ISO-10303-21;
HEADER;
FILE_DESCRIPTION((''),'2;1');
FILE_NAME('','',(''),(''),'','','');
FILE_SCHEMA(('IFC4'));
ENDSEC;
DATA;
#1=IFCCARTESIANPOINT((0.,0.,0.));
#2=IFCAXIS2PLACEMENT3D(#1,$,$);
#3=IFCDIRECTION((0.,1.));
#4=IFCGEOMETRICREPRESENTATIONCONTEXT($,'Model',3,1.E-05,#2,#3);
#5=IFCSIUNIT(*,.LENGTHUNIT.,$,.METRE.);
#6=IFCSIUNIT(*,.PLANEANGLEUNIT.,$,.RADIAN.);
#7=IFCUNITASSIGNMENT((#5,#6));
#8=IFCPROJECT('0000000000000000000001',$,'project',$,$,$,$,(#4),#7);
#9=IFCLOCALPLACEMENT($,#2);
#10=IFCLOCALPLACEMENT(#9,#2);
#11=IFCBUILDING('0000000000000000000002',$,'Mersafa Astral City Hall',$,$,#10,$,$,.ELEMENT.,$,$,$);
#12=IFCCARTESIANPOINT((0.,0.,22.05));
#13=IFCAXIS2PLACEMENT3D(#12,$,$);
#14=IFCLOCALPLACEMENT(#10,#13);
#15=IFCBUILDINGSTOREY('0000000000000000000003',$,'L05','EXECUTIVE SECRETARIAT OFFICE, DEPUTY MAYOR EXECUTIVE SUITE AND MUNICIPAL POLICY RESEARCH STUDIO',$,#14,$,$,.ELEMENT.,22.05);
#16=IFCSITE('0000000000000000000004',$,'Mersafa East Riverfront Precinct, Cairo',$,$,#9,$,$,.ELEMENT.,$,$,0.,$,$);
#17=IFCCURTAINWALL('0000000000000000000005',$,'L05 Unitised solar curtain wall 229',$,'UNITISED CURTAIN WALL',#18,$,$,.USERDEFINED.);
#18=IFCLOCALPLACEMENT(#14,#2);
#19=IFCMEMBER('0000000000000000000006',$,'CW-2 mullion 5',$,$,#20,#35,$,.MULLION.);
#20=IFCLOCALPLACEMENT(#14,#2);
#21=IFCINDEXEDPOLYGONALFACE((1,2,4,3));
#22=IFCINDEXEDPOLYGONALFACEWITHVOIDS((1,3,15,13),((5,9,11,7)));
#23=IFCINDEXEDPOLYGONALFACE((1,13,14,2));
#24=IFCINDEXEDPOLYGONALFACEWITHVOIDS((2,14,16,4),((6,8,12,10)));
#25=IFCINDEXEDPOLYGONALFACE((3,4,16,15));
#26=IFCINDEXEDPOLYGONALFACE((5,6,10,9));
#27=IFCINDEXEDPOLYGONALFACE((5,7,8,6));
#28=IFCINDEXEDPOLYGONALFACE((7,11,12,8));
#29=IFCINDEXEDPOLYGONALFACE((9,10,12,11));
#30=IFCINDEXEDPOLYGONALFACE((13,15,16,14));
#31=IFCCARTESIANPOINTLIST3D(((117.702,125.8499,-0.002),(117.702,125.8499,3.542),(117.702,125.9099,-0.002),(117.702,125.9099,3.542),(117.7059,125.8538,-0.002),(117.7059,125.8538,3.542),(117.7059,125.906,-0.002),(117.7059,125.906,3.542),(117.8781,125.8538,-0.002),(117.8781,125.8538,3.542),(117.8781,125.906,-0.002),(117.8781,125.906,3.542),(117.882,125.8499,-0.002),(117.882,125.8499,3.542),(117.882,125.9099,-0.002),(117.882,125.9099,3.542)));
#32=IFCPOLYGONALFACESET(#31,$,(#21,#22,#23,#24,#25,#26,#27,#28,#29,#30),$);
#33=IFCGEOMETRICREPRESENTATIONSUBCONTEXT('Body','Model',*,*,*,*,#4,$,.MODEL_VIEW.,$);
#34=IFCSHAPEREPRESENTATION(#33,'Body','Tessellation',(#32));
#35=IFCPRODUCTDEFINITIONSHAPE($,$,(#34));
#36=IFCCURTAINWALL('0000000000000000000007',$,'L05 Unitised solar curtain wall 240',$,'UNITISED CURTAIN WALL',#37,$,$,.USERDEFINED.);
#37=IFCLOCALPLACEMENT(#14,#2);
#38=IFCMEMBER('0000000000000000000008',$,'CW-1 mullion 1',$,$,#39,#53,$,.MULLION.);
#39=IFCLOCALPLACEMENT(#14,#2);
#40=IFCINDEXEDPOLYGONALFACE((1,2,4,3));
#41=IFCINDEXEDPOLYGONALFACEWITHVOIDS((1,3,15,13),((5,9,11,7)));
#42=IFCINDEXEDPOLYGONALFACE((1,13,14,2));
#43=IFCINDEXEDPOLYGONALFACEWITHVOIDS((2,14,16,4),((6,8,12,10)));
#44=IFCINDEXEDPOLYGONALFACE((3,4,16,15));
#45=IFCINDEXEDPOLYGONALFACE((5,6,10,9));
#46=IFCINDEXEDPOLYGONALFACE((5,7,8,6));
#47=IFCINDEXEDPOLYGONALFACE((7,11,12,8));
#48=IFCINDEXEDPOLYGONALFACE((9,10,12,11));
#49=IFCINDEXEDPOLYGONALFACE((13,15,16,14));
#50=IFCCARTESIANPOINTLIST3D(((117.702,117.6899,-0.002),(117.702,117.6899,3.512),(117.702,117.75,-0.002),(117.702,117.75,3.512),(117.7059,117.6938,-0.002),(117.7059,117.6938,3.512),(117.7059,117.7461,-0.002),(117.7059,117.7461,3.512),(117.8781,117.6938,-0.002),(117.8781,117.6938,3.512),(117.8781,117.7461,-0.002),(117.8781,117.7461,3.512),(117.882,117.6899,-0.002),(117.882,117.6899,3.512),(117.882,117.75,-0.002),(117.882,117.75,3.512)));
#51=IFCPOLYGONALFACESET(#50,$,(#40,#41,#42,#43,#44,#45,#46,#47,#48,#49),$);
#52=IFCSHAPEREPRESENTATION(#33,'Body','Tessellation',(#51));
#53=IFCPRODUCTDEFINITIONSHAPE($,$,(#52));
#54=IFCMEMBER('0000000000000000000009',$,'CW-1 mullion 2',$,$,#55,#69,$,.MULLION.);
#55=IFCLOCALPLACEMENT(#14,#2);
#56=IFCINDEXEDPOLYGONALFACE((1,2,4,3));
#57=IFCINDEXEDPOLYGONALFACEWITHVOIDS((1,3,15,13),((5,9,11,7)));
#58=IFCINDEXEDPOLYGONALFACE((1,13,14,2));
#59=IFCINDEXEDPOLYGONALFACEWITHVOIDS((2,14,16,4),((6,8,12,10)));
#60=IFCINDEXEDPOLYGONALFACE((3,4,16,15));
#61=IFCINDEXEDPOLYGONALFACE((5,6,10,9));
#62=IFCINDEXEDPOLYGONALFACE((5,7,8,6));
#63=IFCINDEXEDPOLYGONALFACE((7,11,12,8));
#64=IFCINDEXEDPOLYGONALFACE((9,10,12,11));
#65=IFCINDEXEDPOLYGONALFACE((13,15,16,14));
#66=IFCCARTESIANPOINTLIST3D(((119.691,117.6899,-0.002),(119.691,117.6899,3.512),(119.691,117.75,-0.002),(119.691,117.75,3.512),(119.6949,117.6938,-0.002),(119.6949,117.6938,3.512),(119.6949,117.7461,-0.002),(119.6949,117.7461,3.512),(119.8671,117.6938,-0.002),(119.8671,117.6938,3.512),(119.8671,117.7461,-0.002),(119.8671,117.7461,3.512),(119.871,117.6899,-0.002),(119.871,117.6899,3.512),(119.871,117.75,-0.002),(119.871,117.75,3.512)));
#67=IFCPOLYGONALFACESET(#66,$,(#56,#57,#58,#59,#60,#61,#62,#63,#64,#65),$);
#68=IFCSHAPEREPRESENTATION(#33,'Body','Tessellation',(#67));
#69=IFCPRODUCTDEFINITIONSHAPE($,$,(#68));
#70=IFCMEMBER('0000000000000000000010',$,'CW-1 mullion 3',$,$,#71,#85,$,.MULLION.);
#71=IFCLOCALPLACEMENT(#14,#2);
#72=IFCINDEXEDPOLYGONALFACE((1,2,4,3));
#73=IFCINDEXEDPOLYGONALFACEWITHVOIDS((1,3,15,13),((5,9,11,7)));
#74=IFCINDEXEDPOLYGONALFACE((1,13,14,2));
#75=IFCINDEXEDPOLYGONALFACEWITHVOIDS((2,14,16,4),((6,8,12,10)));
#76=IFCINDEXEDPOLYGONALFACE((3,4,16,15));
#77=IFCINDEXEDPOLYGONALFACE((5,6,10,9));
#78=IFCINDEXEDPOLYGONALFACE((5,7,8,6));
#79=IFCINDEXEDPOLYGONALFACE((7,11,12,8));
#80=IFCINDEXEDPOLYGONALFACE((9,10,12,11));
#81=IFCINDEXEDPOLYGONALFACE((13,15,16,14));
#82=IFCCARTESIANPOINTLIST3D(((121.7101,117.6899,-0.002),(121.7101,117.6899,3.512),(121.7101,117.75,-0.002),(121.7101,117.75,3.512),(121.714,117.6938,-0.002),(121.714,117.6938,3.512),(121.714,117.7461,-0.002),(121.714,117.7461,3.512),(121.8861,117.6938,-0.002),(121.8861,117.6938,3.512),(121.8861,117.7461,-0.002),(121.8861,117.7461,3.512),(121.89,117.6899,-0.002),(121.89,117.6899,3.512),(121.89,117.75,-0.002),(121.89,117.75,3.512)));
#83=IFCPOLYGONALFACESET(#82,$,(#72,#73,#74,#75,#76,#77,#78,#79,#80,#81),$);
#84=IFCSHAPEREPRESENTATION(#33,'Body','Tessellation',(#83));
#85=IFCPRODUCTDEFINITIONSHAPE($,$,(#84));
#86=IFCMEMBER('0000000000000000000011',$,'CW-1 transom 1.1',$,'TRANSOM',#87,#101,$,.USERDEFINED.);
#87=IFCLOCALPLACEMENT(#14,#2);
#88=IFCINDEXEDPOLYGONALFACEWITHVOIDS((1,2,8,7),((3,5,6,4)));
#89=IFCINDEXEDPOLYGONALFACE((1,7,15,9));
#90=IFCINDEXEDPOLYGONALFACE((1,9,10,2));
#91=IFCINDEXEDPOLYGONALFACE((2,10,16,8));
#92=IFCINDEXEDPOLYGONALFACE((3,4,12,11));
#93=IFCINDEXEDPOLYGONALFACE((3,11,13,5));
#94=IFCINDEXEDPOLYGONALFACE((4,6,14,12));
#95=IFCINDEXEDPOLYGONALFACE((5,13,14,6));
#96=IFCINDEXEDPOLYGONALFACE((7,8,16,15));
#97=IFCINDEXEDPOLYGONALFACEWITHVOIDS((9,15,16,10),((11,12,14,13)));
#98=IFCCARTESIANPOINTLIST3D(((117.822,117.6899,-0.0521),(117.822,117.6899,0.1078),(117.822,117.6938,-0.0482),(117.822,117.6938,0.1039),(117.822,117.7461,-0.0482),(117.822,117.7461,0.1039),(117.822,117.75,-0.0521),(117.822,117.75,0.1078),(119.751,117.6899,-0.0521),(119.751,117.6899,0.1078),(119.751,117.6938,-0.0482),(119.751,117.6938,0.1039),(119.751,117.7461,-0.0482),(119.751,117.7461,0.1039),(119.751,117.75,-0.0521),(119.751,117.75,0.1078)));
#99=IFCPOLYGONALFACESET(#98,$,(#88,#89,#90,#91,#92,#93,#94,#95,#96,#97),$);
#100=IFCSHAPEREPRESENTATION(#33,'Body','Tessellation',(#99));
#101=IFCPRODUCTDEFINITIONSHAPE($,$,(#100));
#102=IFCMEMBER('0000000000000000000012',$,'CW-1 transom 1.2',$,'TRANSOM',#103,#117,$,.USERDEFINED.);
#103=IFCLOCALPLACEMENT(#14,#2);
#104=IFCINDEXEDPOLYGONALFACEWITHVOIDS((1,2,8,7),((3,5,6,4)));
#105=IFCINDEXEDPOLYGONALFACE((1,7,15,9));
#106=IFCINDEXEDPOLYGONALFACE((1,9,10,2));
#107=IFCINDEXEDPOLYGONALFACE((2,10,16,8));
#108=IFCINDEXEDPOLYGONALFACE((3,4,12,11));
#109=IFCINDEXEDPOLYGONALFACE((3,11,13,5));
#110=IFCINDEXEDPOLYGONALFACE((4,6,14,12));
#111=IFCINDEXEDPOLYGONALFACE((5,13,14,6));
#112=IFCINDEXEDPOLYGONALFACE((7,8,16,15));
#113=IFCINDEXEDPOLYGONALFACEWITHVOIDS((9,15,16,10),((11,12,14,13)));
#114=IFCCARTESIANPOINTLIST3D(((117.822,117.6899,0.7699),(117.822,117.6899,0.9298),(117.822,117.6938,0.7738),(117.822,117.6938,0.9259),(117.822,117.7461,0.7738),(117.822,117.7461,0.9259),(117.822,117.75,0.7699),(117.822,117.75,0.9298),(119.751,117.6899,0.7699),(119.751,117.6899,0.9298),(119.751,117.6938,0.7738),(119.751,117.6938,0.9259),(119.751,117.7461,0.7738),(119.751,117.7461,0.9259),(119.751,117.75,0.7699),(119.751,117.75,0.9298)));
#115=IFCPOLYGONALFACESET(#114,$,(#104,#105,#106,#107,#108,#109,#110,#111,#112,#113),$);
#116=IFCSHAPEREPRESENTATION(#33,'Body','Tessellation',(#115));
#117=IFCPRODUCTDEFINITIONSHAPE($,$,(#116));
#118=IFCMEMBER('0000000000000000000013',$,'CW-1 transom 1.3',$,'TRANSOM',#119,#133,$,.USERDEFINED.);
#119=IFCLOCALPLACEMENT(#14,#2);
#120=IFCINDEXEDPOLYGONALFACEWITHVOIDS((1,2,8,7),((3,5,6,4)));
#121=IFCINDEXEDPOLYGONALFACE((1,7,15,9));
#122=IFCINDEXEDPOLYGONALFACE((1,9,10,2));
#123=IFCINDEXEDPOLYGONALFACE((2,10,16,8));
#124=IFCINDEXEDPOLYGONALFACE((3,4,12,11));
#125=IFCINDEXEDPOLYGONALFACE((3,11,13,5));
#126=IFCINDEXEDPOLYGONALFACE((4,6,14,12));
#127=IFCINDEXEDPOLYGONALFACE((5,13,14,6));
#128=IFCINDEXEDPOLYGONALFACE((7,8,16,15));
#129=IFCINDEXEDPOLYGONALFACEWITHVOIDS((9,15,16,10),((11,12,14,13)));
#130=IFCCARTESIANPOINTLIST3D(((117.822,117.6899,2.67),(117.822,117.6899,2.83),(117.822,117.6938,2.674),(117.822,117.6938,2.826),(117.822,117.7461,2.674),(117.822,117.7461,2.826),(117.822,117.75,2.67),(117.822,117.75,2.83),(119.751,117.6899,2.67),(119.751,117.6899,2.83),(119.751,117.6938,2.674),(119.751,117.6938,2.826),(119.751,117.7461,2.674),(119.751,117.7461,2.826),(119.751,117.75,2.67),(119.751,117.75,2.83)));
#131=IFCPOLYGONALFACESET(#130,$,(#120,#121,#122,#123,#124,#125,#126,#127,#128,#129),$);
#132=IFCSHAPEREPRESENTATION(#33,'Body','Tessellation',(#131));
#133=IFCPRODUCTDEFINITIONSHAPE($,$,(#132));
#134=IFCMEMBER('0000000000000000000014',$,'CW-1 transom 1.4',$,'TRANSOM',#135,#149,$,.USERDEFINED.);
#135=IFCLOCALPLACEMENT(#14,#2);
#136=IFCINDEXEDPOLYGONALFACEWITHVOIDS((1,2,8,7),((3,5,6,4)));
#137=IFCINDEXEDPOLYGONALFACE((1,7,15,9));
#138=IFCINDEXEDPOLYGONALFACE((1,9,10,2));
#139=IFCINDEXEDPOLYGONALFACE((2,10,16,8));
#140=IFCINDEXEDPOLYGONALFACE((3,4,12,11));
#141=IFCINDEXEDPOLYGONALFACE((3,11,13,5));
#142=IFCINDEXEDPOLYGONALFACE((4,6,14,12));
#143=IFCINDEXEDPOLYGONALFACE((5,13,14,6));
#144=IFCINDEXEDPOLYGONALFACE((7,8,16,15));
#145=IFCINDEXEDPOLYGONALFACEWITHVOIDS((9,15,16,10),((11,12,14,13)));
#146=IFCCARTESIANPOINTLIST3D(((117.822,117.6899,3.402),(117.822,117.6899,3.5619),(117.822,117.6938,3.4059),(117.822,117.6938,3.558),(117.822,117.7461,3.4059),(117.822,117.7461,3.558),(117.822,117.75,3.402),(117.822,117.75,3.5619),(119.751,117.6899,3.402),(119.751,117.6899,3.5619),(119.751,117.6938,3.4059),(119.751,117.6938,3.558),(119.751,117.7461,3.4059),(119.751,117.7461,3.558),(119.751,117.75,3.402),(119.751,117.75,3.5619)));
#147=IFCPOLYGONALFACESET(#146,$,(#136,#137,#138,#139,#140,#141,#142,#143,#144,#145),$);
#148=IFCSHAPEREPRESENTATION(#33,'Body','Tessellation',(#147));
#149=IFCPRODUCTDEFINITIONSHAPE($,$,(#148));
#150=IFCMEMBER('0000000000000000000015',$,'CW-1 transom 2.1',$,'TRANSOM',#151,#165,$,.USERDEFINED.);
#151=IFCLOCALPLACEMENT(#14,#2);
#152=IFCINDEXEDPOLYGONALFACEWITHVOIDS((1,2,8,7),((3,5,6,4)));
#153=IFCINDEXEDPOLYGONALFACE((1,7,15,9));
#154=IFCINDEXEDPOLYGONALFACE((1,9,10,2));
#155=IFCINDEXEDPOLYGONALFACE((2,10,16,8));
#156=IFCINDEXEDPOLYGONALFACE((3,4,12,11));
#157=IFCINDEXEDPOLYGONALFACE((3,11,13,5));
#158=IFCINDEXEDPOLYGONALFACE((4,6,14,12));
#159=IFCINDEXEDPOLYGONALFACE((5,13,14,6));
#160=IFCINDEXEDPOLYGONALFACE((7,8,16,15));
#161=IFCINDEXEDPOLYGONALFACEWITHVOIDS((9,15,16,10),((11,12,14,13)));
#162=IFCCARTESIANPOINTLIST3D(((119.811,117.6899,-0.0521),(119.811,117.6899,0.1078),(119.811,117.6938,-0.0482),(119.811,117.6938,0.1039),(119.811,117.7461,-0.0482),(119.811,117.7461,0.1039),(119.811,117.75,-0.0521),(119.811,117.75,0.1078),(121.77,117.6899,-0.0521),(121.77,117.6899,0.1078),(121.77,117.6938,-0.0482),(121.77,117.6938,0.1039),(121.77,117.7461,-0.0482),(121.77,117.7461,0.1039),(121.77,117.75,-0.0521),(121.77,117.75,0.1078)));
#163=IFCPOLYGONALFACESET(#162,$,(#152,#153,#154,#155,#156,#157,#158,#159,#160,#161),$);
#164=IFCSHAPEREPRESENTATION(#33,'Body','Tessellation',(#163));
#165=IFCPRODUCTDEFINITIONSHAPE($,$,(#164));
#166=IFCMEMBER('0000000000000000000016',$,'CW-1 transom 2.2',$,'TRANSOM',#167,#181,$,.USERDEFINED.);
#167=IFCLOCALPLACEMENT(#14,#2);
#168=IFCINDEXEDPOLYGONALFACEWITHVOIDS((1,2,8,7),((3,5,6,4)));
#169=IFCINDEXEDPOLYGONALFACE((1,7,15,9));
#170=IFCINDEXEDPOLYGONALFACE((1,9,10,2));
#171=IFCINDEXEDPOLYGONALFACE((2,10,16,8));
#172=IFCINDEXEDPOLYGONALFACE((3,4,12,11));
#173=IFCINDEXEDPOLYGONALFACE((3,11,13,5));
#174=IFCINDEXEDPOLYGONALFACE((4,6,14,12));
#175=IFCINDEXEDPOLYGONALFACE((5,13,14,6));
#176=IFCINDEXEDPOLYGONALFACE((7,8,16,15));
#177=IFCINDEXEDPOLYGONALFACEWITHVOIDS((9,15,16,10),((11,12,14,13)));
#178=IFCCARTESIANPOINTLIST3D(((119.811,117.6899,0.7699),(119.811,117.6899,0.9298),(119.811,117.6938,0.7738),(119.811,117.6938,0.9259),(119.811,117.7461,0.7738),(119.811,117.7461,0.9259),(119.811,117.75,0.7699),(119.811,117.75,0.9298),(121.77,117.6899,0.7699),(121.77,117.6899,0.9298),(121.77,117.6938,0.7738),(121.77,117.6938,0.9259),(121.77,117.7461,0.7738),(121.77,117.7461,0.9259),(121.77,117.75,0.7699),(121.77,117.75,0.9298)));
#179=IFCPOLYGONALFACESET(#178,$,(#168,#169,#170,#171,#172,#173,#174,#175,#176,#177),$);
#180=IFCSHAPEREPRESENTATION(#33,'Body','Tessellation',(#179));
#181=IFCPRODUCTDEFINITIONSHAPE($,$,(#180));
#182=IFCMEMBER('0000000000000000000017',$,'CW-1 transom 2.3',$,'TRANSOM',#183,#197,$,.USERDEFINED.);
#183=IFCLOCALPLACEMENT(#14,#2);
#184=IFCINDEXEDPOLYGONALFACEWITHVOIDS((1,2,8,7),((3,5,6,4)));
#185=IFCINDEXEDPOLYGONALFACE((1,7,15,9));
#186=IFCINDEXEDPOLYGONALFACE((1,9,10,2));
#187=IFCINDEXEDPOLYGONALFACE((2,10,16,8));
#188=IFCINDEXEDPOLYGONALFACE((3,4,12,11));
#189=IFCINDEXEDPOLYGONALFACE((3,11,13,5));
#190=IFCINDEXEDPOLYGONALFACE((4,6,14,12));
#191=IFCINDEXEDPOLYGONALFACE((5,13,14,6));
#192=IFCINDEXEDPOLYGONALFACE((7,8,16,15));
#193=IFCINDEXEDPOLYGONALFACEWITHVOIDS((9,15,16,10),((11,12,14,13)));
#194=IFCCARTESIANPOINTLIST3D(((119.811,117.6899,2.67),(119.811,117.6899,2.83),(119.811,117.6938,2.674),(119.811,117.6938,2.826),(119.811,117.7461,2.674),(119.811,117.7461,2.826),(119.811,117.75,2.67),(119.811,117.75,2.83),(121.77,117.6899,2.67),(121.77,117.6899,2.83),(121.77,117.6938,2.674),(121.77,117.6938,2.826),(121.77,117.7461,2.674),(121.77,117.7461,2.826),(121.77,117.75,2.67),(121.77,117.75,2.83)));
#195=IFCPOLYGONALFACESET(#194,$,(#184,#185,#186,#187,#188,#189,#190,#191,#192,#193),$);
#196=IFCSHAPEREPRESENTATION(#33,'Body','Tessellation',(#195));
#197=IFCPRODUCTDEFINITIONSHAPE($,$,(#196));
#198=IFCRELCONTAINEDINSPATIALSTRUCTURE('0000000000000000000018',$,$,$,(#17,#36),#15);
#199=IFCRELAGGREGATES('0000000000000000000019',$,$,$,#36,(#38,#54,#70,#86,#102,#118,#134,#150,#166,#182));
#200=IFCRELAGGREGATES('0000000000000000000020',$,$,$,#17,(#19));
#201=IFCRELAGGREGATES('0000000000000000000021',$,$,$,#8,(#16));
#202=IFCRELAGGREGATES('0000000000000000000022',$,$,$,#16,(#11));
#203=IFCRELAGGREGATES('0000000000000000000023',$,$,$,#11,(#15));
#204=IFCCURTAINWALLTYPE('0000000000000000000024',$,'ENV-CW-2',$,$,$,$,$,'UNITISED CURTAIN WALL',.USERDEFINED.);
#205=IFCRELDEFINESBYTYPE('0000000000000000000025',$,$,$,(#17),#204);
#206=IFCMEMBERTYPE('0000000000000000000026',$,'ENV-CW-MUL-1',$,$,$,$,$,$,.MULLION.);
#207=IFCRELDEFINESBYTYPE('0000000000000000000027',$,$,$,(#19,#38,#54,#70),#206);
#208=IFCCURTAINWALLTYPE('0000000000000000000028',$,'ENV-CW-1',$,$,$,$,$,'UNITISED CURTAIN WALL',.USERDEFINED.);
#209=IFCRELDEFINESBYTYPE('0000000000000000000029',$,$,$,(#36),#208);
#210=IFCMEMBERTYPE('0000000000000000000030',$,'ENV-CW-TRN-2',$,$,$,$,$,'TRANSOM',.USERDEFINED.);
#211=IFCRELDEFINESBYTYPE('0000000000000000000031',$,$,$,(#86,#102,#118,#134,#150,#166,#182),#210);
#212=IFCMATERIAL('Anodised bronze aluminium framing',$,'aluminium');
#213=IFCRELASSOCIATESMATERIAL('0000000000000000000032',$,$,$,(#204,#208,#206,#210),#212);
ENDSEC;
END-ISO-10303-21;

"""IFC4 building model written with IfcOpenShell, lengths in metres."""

from ifc_helpers import new_model, si_unit, direction, frame, origin, origin_2d, place, context, subcontext, project, spatial, hollow_rectangle, extrude, material, material_profile, profile_set, type_object, element, aggregate, save


model = new_model("IFC4")

# Units and contexts
model_context = context("Model", 3, precision=1e-05, world=origin(), true_north=direction((0.0, 1.0)))
body_context = subcontext(model_context, "Body", "Model", "MODEL_VIEW")
ifc_project = project(units=[si_unit("LENGTHUNIT", "METRE"), si_unit("PLANEANGLEUNIT", "RADIAN")], contexts=[model_context])

# Site, building, storey
site_placement = place(None, origin())
site = spatial("IfcSite", under=ifc_project, at=site_placement, Name="Mersafa East Riverfront Precinct, Cairo", CompositionType="ELEMENT", RefElevation=0.0)
building_placement = place(site_placement, origin())
building = spatial("IfcBuilding", under=site, at=building_placement, Name="Mersafa Astral City Hall", CompositionType="ELEMENT")
storey_placement = place(building_placement, frame((0.0, 0.0, 22.05)))
storey = spatial("IfcBuildingStorey", under=building, at=storey_placement, Name="L05", Description="EXECUTIVE SECRETARIAT OFFICE, DEPUTY MAYOR EXECUTIVE SUITE AND MUNICIPAL POLICY RESEARCH STUDIO", CompositionType="ELEMENT", Elevation=22.05)

# Curtain wall, member
ifc_material_1 = material(Name="Anodised bronze aluminium framing", Category="aluminium")
curtain_wall_type_1 = type_object("IfcCurtainWallType", Name="ENV-CW-2", ElementType="UNITISED CURTAIN WALL", PredefinedType="USERDEFINED", material=ifc_material_1)
curtain_wall_1_placement = place(storey_placement, origin())
curtain_wall_1 = element("IfcCurtainWall", 1, at=curtain_wall_1_placement, inside=storey, type_object=curtain_wall_type_1, Name="L05 Unitised solar curtain wall 229", ObjectType="UNITISED CURTAIN WALL", PredefinedType="USERDEFINED")
ifc_material_profile_1 = material_profile(ifc_material_1, hollow_rectangle(XDim=0.0601, YDim=0.1799, WallThickness=0.0039, at=origin_2d()), Name="RHS 60x180x4")
ifc_profile_set_1 = profile_set([ifc_material_profile_1], Name="Anodised bronze aluminium framing")
member_type_1 = type_object("IfcMemberType", Name="ENV-CW-MUL-1", PredefinedType="MULLION", material=ifc_profile_set_1)
member_1_placement = place(storey_placement, frame((117.792, 125.8799, -0.002), z_axis=(0.0, 0.0, 1.0), x_axis=(0.0, -1.0, 0.0)))
member_1 = element("IfcMember", 2, at=member_1_placement, type_object=member_type_1, Name="CW-2 mullion 5", PredefinedType="MULLION", context=body_context, shape_type="SweptSolid", body=[
    extrude(hollow_rectangle(XDim=0.0601, YDim=0.1799, WallThickness=0.0039, at=origin_2d()), origin(), (0.0, 0.0, 1.0), 3.5439),
])

# Curtain wall, members
curtain_wall_type_2 = type_object("IfcCurtainWallType", Name="ENV-CW-1", ElementType="UNITISED CURTAIN WALL", PredefinedType="USERDEFINED", material=ifc_material_1)
curtain_wall_2_placement = place(storey_placement, origin())
curtain_wall_2 = element("IfcCurtainWall", 3, at=curtain_wall_2_placement, inside=storey, type_object=curtain_wall_type_2, Name="L05 Unitised solar curtain wall 240", ObjectType="UNITISED CURTAIN WALL", PredefinedType="USERDEFINED")
member_2_placement = place(storey_placement, frame((117.792, 117.72, -0.002), z_axis=(0.0, 0.0, 1.0), x_axis=(0.0, 1.0, 0.0)))
member_2 = element("IfcMember", 4, at=member_2_placement, type_object=member_type_1, Name="CW-1 mullion 1", PredefinedType="MULLION", context=body_context, shape_type="SweptSolid", body=[
    extrude(hollow_rectangle(XDim=0.0601, YDim=0.1799, WallThickness=0.0039, at=origin_2d()), origin(), (0.0, 0.0, 1.0), 3.5139),
])
member_3_placement = place(storey_placement, frame((119.781, 117.72, -0.002), z_axis=(0.0, 0.0, 1.0), x_axis=(0.0, 1.0, 0.0)))
member_3 = element("IfcMember", 5, at=member_3_placement, type_object=member_type_1, Name="CW-1 mullion 2", PredefinedType="MULLION", context=body_context, shape_type="SweptSolid", body=[
    extrude(hollow_rectangle(XDim=0.0601, YDim=0.1799, WallThickness=0.0039, at=origin_2d()), origin(), (0.0, 0.0, 1.0), 3.5139),
])
member_4_placement = place(storey_placement, frame((121.8, 117.72, -0.002), z_axis=(0.0, 0.0, 1.0), x_axis=(0.0, 1.0, 0.0)))
member_4 = element("IfcMember", 6, at=member_4_placement, type_object=member_type_1, Name="CW-1 mullion 3", PredefinedType="MULLION", context=body_context, shape_type="SweptSolid", body=[
    extrude(hollow_rectangle(XDim=0.0601, YDim=0.1799, WallThickness=0.0039, at=origin_2d()), origin(), (0.0, 0.0, 1.0), 3.5139),
])
ifc_material_profile_2 = material_profile(ifc_material_1, hollow_rectangle(XDim=0.0601, YDim=0.1599, WallThickness=0.0039, at=origin_2d()), Name="RHS 60x160x4")
ifc_profile_set_2 = profile_set([ifc_material_profile_2], Name="Anodised bronze aluminium framing")
member_type_2 = type_object("IfcMemberType", Name="ENV-CW-TRN-2", ElementType="TRANSOM", PredefinedType="USERDEFINED", material=ifc_profile_set_2)
member_5_placement = place(storey_placement, frame((117.822, 117.72, 0.0278), z_axis=(1.0, 0.0, 0.0), x_axis=(0.0, 1.0, 0.0)))
member_5 = element("IfcMember", 7, at=member_5_placement, type_object=member_type_2, Name="CW-1 transom 1.1", ObjectType="TRANSOM", PredefinedType="USERDEFINED", context=body_context, shape_type="SweptSolid", body=[
    extrude(hollow_rectangle(XDim=0.0601, YDim=0.1599, WallThickness=0.0039, at=origin_2d()), origin(), (0.0, 0.0, 1.0), 1.929),
])
member_6_placement = place(storey_placement, frame((117.822, 117.72, 0.8499), z_axis=(1.0, 0.0, 0.0), x_axis=(0.0, 1.0, 0.0)))
member_6 = element("IfcMember", 8, at=member_6_placement, type_object=member_type_2, Name="CW-1 transom 1.2", ObjectType="TRANSOM", PredefinedType="USERDEFINED", context=body_context, shape_type="SweptSolid", body=[
    extrude(hollow_rectangle(XDim=0.0601, YDim=0.1599, WallThickness=0.0039, at=origin_2d()), origin(), (0.0, 0.0, 1.0), 1.929),
])
member_7_placement = place(storey_placement, frame((117.822, 117.72, 2.75), z_axis=(1.0, 0.0, 0.0), x_axis=(0.0, 1.0, 0.0)))
member_7 = element("IfcMember", 9, at=member_7_placement, type_object=member_type_2, Name="CW-1 transom 1.3", ObjectType="TRANSOM", PredefinedType="USERDEFINED", context=body_context, shape_type="SweptSolid", body=[
    extrude(hollow_rectangle(XDim=0.0601, YDim=0.1599, WallThickness=0.0039, at=origin_2d()), origin(), (0.0, 0.0, 1.0), 1.929),
])
member_8_placement = place(storey_placement, frame((117.822, 117.72, 3.4819), z_axis=(1.0, 0.0, 0.0), x_axis=(0.0, 1.0, 0.0)))
member_8 = element("IfcMember", 10, at=member_8_placement, type_object=member_type_2, Name="CW-1 transom 1.4", ObjectType="TRANSOM", PredefinedType="USERDEFINED", context=body_context, shape_type="SweptSolid", body=[
    extrude(hollow_rectangle(XDim=0.0601, YDim=0.1599, WallThickness=0.0039, at=origin_2d()), origin(), (0.0, 0.0, 1.0), 1.929),
])
member_9_placement = place(storey_placement, frame((119.811, 117.72, 0.0278), z_axis=(1.0, 0.0, 0.0), x_axis=(0.0, 1.0, 0.0)))
member_9 = element("IfcMember", 11, at=member_9_placement, type_object=member_type_2, Name="CW-1 transom 2.1", ObjectType="TRANSOM", PredefinedType="USERDEFINED", context=body_context, shape_type="SweptSolid", body=[
    extrude(hollow_rectangle(XDim=0.0601, YDim=0.1599, WallThickness=0.0039, at=origin_2d()), origin(), (0.0, 0.0, 1.0), 1.959),
])
member_10_placement = place(storey_placement, frame((119.811, 117.72, 0.8499), z_axis=(1.0, 0.0, 0.0), x_axis=(0.0, 1.0, 0.0)))
member_10 = element("IfcMember", 12, at=member_10_placement, type_object=member_type_2, Name="CW-1 transom 2.2", ObjectType="TRANSOM", PredefinedType="USERDEFINED", context=body_context, shape_type="SweptSolid", body=[
    extrude(hollow_rectangle(XDim=0.0601, YDim=0.1599, WallThickness=0.0039, at=origin_2d()), origin(), (0.0, 0.0, 1.0), 1.959),
])
member_11_placement = place(storey_placement, frame((119.811, 117.72, 2.75), z_axis=(1.0, 0.0, 0.0), x_axis=(0.0, 1.0, 0.0)))
member_11 = element("IfcMember", 13, at=member_11_placement, type_object=member_type_2, Name="CW-1 transom 2.3", ObjectType="TRANSOM", PredefinedType="USERDEFINED", context=body_context, shape_type="SweptSolid", body=[
    extrude(hollow_rectangle(XDim=0.0601, YDim=0.1599, WallThickness=0.0039, at=origin_2d()), origin(), (0.0, 0.0, 1.0), 1.959),
])
aggregate(curtain_wall_2, [member_2, member_3, member_4, member_5, member_6, member_7, member_8, member_9, member_10, member_11])

aggregate(curtain_wall_1, [member_1])

save(model, "model.ifc")
